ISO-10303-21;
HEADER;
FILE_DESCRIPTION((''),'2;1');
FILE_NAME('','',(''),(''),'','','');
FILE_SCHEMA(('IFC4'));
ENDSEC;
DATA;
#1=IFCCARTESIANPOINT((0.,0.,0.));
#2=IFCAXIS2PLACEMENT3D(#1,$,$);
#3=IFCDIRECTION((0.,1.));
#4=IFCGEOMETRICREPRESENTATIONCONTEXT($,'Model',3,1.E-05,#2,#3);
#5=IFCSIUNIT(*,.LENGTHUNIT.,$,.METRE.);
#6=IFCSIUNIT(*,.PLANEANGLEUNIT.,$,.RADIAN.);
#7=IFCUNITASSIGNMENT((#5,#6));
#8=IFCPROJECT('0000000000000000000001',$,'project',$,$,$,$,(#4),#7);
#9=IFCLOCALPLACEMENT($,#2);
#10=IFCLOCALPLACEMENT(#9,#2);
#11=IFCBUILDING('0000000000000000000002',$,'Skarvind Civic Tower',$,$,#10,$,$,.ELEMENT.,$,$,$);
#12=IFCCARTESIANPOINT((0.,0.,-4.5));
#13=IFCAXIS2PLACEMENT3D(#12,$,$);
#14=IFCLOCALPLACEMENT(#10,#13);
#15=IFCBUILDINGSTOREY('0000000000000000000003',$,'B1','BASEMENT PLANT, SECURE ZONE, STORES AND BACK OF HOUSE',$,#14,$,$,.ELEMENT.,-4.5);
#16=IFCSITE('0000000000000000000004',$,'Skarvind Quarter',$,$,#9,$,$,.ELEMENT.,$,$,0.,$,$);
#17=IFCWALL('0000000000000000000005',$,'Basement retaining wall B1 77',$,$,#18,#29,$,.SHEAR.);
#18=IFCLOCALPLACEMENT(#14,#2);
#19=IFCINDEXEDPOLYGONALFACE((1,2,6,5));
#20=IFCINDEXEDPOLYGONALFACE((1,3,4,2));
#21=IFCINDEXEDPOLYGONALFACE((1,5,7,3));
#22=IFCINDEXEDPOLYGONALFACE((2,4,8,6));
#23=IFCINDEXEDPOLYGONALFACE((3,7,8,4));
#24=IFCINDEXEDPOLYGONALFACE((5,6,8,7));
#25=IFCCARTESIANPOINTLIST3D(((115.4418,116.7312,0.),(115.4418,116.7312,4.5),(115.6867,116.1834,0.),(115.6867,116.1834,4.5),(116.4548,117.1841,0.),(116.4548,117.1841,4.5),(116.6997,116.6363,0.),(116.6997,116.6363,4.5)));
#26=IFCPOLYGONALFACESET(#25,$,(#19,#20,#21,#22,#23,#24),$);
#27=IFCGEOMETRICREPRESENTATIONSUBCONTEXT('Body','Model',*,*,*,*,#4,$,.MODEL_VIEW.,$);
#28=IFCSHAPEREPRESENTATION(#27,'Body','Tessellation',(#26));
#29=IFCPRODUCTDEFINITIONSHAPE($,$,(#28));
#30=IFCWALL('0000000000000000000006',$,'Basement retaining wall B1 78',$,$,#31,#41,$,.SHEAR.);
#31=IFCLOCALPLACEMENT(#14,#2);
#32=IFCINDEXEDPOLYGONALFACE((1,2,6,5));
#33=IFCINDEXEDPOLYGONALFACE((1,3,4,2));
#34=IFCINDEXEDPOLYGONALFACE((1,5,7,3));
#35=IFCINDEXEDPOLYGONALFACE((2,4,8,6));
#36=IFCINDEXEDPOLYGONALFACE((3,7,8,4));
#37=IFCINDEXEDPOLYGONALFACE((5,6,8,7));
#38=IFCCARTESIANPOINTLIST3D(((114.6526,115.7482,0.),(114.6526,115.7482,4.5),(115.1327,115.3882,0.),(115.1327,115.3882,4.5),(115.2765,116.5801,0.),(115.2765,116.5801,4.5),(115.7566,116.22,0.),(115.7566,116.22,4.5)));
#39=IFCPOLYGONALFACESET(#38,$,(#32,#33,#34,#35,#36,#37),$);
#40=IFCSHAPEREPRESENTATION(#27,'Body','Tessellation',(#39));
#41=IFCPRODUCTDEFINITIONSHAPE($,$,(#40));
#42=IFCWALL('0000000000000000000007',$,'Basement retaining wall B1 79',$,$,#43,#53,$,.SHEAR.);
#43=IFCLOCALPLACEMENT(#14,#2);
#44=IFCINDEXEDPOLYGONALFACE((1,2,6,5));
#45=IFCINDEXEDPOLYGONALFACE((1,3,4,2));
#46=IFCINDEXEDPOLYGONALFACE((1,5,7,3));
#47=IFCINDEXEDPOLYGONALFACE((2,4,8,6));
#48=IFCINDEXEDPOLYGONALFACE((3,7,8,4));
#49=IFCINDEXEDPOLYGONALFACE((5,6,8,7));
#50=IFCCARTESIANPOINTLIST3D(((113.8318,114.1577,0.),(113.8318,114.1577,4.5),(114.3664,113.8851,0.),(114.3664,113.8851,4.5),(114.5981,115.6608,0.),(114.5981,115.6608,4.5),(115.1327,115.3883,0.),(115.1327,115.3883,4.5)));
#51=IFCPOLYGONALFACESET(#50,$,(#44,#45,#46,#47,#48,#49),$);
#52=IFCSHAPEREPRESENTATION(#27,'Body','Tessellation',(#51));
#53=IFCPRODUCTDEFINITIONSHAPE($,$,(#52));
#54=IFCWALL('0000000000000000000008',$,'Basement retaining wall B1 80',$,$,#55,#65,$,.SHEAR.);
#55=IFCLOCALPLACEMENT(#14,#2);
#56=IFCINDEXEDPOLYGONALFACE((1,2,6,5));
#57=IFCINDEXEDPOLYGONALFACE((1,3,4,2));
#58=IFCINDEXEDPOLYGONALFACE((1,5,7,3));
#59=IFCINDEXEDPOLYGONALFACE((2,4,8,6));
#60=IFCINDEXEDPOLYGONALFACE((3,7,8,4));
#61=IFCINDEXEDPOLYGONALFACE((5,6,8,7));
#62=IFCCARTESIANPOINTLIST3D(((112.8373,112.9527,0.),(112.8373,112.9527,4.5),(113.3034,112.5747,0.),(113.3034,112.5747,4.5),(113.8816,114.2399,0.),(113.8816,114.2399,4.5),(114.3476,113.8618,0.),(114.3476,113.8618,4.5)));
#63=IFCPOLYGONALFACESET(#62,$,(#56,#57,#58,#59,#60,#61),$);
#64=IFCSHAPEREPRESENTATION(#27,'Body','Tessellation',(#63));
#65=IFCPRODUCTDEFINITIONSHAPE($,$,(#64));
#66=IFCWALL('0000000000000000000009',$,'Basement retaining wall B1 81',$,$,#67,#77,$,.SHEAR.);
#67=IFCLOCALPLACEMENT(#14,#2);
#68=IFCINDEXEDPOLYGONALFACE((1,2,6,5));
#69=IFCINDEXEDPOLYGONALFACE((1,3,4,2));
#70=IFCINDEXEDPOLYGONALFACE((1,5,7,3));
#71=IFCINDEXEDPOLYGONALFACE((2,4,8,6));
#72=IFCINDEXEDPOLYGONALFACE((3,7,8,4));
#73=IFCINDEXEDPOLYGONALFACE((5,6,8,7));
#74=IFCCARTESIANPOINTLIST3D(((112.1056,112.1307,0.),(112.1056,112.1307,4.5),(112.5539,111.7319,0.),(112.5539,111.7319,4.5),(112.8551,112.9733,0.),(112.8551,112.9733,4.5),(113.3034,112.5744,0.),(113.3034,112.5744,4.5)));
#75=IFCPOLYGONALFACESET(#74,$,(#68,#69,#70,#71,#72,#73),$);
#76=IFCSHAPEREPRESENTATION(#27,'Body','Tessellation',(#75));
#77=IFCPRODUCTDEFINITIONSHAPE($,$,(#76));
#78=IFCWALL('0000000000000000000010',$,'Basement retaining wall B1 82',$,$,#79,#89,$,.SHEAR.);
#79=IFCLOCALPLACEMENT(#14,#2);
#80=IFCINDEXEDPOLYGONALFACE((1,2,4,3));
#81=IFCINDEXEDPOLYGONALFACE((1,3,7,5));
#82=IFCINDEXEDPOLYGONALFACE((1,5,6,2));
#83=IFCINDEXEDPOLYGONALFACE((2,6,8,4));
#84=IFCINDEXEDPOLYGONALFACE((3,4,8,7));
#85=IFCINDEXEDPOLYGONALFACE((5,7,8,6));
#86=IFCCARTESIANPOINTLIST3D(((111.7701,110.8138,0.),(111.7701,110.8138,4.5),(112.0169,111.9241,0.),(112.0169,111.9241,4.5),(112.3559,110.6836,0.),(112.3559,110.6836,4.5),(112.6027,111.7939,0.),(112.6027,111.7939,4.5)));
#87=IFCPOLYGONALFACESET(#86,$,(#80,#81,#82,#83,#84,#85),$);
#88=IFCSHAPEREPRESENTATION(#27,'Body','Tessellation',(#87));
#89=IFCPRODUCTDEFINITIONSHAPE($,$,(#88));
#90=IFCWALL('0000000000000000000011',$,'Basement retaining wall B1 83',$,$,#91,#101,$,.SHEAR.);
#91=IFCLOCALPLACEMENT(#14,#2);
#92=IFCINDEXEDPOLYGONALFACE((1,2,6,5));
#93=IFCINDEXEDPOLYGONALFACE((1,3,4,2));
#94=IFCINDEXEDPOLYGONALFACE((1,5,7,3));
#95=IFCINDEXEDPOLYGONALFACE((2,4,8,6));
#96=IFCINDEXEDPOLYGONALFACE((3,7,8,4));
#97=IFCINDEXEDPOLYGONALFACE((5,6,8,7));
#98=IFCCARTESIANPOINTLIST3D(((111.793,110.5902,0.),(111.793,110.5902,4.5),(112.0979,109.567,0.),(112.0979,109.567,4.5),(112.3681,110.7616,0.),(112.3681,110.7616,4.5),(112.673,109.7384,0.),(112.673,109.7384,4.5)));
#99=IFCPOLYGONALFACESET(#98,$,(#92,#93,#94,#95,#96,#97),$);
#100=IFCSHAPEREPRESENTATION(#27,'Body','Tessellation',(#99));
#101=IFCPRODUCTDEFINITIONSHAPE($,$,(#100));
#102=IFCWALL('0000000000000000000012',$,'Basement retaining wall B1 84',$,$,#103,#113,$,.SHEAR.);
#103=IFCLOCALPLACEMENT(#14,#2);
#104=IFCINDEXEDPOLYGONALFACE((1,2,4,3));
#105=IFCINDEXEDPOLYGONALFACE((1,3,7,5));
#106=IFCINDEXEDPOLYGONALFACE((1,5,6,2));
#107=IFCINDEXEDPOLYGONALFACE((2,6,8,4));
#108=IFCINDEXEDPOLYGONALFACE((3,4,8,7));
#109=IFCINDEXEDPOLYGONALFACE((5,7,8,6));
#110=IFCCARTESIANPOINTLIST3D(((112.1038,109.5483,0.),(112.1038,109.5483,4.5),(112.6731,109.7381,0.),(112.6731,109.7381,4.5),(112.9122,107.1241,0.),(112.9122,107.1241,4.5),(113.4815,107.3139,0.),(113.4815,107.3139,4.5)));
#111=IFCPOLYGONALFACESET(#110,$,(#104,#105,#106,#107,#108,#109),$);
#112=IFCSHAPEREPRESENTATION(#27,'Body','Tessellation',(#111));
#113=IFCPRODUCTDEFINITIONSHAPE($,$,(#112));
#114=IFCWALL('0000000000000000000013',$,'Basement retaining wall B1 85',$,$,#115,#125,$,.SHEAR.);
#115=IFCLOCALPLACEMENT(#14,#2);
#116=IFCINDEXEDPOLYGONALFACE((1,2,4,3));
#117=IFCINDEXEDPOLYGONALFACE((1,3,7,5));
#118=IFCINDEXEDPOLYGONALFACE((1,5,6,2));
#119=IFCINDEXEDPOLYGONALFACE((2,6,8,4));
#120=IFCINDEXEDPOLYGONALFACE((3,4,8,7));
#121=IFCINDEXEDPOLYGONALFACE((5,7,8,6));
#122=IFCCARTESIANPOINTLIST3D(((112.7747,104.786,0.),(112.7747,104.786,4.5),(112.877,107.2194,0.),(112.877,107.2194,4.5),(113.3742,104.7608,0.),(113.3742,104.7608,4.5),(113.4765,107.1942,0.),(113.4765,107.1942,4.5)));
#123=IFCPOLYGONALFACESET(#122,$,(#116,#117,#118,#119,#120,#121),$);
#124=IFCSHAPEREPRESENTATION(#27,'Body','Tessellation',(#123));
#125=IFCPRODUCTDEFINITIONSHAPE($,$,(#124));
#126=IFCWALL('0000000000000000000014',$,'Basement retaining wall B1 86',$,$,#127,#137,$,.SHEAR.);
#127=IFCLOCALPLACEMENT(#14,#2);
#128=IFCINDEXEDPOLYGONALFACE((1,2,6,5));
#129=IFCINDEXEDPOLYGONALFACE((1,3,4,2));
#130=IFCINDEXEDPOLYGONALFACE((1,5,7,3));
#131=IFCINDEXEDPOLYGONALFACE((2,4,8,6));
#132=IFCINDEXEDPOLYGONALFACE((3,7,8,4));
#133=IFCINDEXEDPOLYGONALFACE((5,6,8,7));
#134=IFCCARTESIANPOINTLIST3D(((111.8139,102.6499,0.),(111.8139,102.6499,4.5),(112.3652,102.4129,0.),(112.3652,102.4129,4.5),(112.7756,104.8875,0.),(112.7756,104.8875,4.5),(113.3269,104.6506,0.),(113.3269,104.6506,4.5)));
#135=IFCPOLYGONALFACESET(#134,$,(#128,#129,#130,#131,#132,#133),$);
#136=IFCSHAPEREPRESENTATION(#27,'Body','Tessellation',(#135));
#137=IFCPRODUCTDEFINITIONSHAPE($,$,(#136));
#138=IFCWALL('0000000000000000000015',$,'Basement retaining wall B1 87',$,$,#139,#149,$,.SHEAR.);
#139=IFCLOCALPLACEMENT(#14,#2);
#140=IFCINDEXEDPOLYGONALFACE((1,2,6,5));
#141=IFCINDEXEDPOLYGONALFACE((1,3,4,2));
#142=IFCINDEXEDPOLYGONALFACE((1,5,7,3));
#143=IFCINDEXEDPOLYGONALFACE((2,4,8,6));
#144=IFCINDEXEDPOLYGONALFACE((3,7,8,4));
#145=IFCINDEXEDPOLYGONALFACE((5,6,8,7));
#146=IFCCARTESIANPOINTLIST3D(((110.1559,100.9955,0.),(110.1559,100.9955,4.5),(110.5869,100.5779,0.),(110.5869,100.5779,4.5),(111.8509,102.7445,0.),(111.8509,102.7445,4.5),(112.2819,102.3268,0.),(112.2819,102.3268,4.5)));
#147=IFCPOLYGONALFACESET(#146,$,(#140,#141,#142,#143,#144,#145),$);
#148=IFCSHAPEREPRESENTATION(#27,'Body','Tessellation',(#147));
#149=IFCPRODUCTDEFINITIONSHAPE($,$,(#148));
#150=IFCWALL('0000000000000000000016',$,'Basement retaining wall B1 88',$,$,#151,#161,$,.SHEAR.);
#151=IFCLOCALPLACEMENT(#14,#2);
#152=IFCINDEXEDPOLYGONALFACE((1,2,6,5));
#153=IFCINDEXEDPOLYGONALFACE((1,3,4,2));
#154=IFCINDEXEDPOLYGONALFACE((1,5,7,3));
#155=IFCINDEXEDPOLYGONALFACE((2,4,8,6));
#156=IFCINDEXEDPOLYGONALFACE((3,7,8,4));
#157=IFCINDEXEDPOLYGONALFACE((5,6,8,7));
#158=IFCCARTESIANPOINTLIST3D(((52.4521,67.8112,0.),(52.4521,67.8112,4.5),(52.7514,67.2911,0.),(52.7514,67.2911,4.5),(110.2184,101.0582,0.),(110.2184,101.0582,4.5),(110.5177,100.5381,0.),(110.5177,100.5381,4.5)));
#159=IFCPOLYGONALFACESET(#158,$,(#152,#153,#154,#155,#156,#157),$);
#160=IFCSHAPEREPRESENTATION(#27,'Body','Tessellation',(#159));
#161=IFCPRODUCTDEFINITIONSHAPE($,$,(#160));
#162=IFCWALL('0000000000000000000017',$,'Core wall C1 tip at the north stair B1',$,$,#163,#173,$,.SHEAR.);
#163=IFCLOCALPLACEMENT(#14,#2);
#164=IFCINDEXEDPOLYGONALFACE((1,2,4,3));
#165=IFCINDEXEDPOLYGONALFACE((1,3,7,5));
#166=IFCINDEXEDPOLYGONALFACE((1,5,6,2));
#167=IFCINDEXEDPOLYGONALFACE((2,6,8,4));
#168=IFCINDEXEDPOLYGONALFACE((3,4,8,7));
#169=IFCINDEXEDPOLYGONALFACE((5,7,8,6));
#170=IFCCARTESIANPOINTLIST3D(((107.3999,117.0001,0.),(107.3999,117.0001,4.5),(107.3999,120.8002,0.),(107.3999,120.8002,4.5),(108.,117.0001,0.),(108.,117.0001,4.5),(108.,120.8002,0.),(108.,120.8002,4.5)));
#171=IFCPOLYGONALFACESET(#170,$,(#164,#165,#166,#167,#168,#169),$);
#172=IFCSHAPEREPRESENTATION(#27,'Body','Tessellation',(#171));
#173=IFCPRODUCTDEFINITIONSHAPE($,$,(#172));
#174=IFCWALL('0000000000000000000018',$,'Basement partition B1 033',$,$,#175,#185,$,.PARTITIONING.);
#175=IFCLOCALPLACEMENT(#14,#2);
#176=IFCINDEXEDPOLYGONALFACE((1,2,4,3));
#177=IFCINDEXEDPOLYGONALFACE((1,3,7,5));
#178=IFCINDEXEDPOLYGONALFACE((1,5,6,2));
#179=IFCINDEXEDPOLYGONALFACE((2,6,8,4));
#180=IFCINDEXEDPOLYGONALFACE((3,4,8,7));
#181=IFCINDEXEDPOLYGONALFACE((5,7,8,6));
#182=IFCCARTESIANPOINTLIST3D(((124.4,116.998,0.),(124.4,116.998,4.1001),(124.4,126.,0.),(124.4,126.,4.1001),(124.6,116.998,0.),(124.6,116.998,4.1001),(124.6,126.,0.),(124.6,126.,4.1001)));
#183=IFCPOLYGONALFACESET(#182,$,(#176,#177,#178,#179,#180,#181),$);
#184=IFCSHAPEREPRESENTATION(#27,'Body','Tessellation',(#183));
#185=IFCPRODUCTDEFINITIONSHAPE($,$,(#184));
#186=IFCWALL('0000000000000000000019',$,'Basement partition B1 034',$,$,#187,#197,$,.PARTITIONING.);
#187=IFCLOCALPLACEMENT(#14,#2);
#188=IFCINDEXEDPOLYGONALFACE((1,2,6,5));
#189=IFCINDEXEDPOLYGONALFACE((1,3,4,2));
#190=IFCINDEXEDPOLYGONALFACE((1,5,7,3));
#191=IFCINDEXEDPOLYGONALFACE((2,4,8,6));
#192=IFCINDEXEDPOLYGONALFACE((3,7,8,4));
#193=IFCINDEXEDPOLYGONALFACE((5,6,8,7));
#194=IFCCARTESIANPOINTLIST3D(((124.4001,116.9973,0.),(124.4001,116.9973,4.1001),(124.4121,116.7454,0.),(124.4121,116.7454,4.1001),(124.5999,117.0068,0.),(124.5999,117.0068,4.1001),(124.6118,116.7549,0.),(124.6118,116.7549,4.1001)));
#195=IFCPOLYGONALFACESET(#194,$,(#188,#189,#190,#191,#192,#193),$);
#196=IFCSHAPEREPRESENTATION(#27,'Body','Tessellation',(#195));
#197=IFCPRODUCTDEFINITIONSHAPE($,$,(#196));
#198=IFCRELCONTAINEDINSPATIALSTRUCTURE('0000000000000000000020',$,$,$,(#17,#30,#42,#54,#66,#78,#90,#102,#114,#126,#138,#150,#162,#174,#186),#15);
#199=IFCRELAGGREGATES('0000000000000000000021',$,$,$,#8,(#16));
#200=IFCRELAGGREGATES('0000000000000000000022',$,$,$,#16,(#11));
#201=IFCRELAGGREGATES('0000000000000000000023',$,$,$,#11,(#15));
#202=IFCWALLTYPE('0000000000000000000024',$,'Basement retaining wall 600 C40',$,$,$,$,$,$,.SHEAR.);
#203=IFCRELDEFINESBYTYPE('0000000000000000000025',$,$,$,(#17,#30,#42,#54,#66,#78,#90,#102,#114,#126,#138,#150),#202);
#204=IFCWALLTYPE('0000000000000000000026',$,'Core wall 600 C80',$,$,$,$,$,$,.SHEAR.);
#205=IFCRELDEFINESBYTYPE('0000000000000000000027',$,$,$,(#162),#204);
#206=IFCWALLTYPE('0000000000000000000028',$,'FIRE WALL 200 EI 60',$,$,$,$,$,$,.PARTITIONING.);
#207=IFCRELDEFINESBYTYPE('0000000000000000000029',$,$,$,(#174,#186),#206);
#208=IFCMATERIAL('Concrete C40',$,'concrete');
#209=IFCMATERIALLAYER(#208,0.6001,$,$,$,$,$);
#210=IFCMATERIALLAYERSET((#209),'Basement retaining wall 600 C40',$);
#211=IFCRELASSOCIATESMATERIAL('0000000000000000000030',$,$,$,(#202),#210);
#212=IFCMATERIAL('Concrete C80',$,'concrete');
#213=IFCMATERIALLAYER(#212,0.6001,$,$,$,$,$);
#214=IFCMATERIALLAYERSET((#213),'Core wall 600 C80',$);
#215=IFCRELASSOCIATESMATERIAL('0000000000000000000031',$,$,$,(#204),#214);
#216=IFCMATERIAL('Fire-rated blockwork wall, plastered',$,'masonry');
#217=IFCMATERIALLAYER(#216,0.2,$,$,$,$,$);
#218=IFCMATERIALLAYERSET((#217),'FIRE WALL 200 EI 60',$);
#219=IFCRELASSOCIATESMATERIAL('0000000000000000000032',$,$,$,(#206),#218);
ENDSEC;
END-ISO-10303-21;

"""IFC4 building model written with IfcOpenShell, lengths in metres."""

from ifc_helpers import new_model, si_unit, direction, frame, frame_2d, origin, place, context, subcontext, project, spatial, rectangle, extrude, material, layer, layer_set, type_object, element, save


model = new_model("IFC4")

# Units and contexts
model_context = context("Model", 3, precision=1e-05, world=origin(), true_north=direction((0.0, 1.0)))
body_context = subcontext(model_context, "Body", "Model", "MODEL_VIEW")
ifc_project = project(units=[si_unit("LENGTHUNIT", "METRE"), si_unit("PLANEANGLEUNIT", "RADIAN")], contexts=[model_context])

# Site, building, storey
site_placement = place(None, origin())
site = spatial("IfcSite", under=ifc_project, at=site_placement, Name="Skarvind Quarter", CompositionType="ELEMENT", RefElevation=0.0)
building_placement = place(site_placement, origin())
building = spatial("IfcBuilding", under=site, at=building_placement, Name="Skarvind Civic Tower", CompositionType="ELEMENT")
storey_placement = place(building_placement, frame((0.0, 0.0, -4.5)))
storey = spatial("IfcBuildingStorey", under=building, at=storey_placement, Name="B1", Description="BASEMENT PLANT, SECURE ZONE, STORES AND BACK OF HOUSE", CompositionType="ELEMENT", Elevation=-4.5)

# Walls
ifc_material_1 = material(Name="Concrete C40", Category="concrete")
ifc_layer_1 = layer(ifc_material_1, 0.6001)
ifc_layer_set_1 = layer_set([ifc_layer_1], Name="Basement retaining wall 600 C40")
wall_type_1 = type_object("IfcWallType", Name="Basement retaining wall 600 C40", PredefinedType="SHEAR", material=ifc_layer_set_1)
for number, where, z_axis, x_axis, name in (
    (1, (116.5771, 116.9102, 0.0), (0.0, 0.0, 1.0), (-0.912911, -0.408159, 0.0), "Basement retaining wall B1 77"),
):
    element("IfcWall", number, at=place(storey_placement, frame(where, z_axis=z_axis, x_axis=x_axis)), inside=storey, type_object=wall_type_1, Name=name, PredefinedType="SHEAR", context=body_context, shape_type="SweptSolid", body=[
        extrude(rectangle(XDim=1.1096, YDim=0.6001, at=frame_2d((0.5547, 0.0))), origin(), (0.0, 0.0, 1.0), 4.5),
    ])
wall_1_placement = place(storey_placement, frame((115.5166, 116.4001, 0.0), z_axis=(0.0, 0.0, 1.0), x_axis=(-0.599962, -0.800028, 0.0)))
element("IfcWall", 2, at=wall_1_placement, inside=storey, type_object=wall_type_1, Name="Basement retaining wall B1 78", PredefinedType="SHEAR", context=body_context, shape_type="SweptSolid", body=[
    extrude(rectangle(XDim=1.0398, YDim=0.6001, at=frame_2d((0.52, 0.0))), origin(), (0.0, 0.0, 1.0), 4.5),
])
wall_2_placement = place(storey_placement, frame((114.8655, 115.5247, 0.0), z_axis=(0.0, 0.0, 1.0), x_axis=(-0.454203, -0.890898, 0.0)))
element("IfcWall", 3, at=wall_2_placement, inside=storey, type_object=wall_type_1, Name="Basement retaining wall B1 79", PredefinedType="SHEAR", context=body_context, shape_type="SweptSolid", body=[
    extrude(rectangle(XDim=1.6873, YDim=0.6001, at=frame_2d((0.8438, 0.0))), origin(), (0.0, 0.0, 1.0), 4.5),
])
wall_3_placement = place(storey_placement, frame((114.1145, 114.0508, 0.0), z_axis=(0.0, 0.0, 1.0), x_axis=(-0.630016, -0.776582, 0.0)))
element("IfcWall", 4, at=wall_3_placement, inside=storey, type_object=wall_type_1, Name="Basement retaining wall B1 80", PredefinedType="SHEAR", context=body_context, shape_type="SweptSolid", body=[
    extrude(rectangle(XDim=1.6575, YDim=0.6001, at=frame_2d((0.8286, 0.0))), origin(), (0.0, 0.0, 1.0), 4.5),
])
wall_4_placement = place(storey_placement, frame((113.0793, 112.7739, 0.0), z_axis=(0.0, 0.0, 1.0), x_axis=(-0.664659, -0.747146, 0.0)))
element("IfcWall", 5, at=wall_4_placement, inside=storey, type_object=wall_type_1, Name="Basement retaining wall B1 81", PredefinedType="SHEAR", context=body_context, shape_type="SweptSolid", body=[
    extrude(rectangle(XDim=1.1277, YDim=0.6001, at=frame_2d((0.564, 0.0))), origin(), (0.0, 0.0, 1.0), 4.5),
])
wall_5_placement = place(storey_placement, frame((112.3098, 111.8591, 0.0), z_axis=(0.0, 0.0, 1.0), x_axis=(-0.216999, -0.976172, 0.0)))
element("IfcWall", 6, at=wall_5_placement, inside=storey, type_object=wall_type_1, Name="Basement retaining wall B1 82", PredefinedType="SHEAR", context=body_context, shape_type="SweptSolid", body=[
    extrude(rectangle(XDim=1.1375, YDim=0.6001, at=frame_2d((0.5688, 0.0))), origin(), (0.0, 0.0, 1.0), 4.5),
])
wall_6_placement = place(storey_placement, frame((112.0806, 110.6758, 0.0), z_axis=(0.0, 0.0, 1.0), x_axis=(0.285606, -0.958347, 0.0)))
element("IfcWall", 7, at=wall_6_placement, inside=storey, type_object=wall_type_1, Name="Basement retaining wall B1 83", PredefinedType="SHEAR", context=body_context, shape_type="SweptSolid", body=[
    extrude(rectangle(XDim=1.0676, YDim=0.6001, at=frame_2d((0.5337, 0.0))), origin(), (0.0, 0.0, 1.0), 4.5),
])
wall_7_placement = place(storey_placement, frame((112.3884, 109.6433, 0.0), z_axis=(0.0, 0.0, 1.0), x_axis=(0.316342, -0.948645, 0.0)))
element("IfcWall", 8, at=wall_7_placement, inside=storey, type_object=wall_type_1, Name="Basement retaining wall B1 84", PredefinedType="SHEAR", context=body_context, shape_type="SweptSolid", body=[
    extrude(rectangle(XDim=2.5554, YDim=0.6001, at=frame_2d((1.2778, 0.0))), origin(), (0.0, 0.0, 1.0), 4.5),
])
for number, where, z_axis, x_axis, name in (
    (9, (113.1768, 107.2068, 0.0), (0.0, 0.0, 1.0), (-0.042002, -0.999118, 0.0), "Basement retaining wall B1 85"),
    (10, (113.0513, 104.769, 0.0), (0.0, 0.0, 1.0), (-0.394863, -0.91874, 0.0), "Basement retaining wall B1 86"),
    (11, (112.0664, 102.5356, 0.0), (0.0, 0.0, 1.0), (-0.695944, -0.718096, 0.0), "Basement retaining wall B1 87"),
):
    element("IfcWall", number, at=place(storey_placement, frame(where, z_axis=z_axis, x_axis=x_axis)), inside=storey, type_object=wall_type_1, Name=name, PredefinedType="SHEAR", context=body_context, shape_type="SweptSolid", body=[
        extrude(rectangle(XDim=2.4355, YDim=0.6001, at=frame_2d((1.2178, 0.0))), origin(), (0.0, 0.0, 1.0), 4.5),
    ])
wall_8_placement = place(storey_placement, frame((110.3679, 100.7981, 0.0), z_axis=(0.0, 0.0, 1.0), x_axis=(-0.866703, -0.498825, 0.0)))
element("IfcWall", 12, at=wall_8_placement, inside=storey, type_object=wall_type_1, Name="Basement retaining wall B1 88", PredefinedType="SHEAR", context=body_context, shape_type="SweptSolid", body=[
    extrude(rectangle(XDim=66.6506, YDim=0.6001, at=frame_2d((33.3252, 0.0))), origin(), (0.0, 0.0, 1.0), 4.5),
])
ifc_material_2 = material(Name="Concrete C80", Category="concrete")
ifc_layer_2 = layer(ifc_material_2, 0.6001)
ifc_layer_set_2 = layer_set([ifc_layer_2], Name="Core wall 600 C80")
wall_type_2 = type_object("IfcWallType", Name="Core wall 600 C80", PredefinedType="SHEAR", material=ifc_layer_set_2)
wall_9_placement = place(storey_placement, frame((107.7, 120.8, 0.0), z_axis=(0.0, 0.0, 1.0), x_axis=(0.0, -1.0, 0.0)))
element("IfcWall", 13, at=wall_9_placement, inside=storey, type_object=wall_type_2, Name="Core wall C1 tip at the north stair B1", PredefinedType="SHEAR", context=body_context, shape_type="SweptSolid", body=[
    extrude(rectangle(XDim=3.8, YDim=0.6001, at=frame_2d((1.8999, 0.0))), origin(), (0.0, 0.0, 1.0), 4.5),
])
ifc_material_3 = material(Name="Fire-rated blockwork wall, plastered", Category="masonry")
ifc_layer_3 = layer(ifc_material_3, 0.2)
ifc_layer_set_3 = layer_set([ifc_layer_3], Name="FIRE WALL 200 EI 60")
wall_type_3 = type_object("IfcWallType", Name="FIRE WALL 200 EI 60", PredefinedType="PARTITIONING", material=ifc_layer_set_3)
wall_10_placement = place(storey_placement, frame((124.5, 116.998, 0.0), z_axis=(0.0, 0.0, 1.0), x_axis=(0.0, 1.0, 0.0)))
element("IfcWall", 14, at=wall_10_placement, inside=storey, type_object=wall_type_3, Name="Basement partition B1 033", PredefinedType="PARTITIONING", context=body_context, shape_type="SweptSolid", body=[
    extrude(rectangle(XDim=9.002, YDim=0.2, at=frame_2d((4.501, 0.0))), origin(), (0.0, 0.0, 1.0), 4.1001),
])
wall_11_placement = place(storey_placement, frame((124.5, 117.002, 0.0), z_axis=(0.0, 0.0, 1.0), x_axis=(0.047427, -0.998875, 0.0)))
element("IfcWall", 15, at=wall_11_placement, inside=storey, type_object=wall_type_3, Name="Basement partition B1 034", PredefinedType="PARTITIONING", context=body_context, shape_type="SweptSolid", body=[
    extrude(rectangle(XDim=0.2522, YDim=0.2, at=frame_2d((0.126, 0.0))), origin(), (0.0, 0.0, 1.0), 4.1001),
])

save(model, "model.ifc")
